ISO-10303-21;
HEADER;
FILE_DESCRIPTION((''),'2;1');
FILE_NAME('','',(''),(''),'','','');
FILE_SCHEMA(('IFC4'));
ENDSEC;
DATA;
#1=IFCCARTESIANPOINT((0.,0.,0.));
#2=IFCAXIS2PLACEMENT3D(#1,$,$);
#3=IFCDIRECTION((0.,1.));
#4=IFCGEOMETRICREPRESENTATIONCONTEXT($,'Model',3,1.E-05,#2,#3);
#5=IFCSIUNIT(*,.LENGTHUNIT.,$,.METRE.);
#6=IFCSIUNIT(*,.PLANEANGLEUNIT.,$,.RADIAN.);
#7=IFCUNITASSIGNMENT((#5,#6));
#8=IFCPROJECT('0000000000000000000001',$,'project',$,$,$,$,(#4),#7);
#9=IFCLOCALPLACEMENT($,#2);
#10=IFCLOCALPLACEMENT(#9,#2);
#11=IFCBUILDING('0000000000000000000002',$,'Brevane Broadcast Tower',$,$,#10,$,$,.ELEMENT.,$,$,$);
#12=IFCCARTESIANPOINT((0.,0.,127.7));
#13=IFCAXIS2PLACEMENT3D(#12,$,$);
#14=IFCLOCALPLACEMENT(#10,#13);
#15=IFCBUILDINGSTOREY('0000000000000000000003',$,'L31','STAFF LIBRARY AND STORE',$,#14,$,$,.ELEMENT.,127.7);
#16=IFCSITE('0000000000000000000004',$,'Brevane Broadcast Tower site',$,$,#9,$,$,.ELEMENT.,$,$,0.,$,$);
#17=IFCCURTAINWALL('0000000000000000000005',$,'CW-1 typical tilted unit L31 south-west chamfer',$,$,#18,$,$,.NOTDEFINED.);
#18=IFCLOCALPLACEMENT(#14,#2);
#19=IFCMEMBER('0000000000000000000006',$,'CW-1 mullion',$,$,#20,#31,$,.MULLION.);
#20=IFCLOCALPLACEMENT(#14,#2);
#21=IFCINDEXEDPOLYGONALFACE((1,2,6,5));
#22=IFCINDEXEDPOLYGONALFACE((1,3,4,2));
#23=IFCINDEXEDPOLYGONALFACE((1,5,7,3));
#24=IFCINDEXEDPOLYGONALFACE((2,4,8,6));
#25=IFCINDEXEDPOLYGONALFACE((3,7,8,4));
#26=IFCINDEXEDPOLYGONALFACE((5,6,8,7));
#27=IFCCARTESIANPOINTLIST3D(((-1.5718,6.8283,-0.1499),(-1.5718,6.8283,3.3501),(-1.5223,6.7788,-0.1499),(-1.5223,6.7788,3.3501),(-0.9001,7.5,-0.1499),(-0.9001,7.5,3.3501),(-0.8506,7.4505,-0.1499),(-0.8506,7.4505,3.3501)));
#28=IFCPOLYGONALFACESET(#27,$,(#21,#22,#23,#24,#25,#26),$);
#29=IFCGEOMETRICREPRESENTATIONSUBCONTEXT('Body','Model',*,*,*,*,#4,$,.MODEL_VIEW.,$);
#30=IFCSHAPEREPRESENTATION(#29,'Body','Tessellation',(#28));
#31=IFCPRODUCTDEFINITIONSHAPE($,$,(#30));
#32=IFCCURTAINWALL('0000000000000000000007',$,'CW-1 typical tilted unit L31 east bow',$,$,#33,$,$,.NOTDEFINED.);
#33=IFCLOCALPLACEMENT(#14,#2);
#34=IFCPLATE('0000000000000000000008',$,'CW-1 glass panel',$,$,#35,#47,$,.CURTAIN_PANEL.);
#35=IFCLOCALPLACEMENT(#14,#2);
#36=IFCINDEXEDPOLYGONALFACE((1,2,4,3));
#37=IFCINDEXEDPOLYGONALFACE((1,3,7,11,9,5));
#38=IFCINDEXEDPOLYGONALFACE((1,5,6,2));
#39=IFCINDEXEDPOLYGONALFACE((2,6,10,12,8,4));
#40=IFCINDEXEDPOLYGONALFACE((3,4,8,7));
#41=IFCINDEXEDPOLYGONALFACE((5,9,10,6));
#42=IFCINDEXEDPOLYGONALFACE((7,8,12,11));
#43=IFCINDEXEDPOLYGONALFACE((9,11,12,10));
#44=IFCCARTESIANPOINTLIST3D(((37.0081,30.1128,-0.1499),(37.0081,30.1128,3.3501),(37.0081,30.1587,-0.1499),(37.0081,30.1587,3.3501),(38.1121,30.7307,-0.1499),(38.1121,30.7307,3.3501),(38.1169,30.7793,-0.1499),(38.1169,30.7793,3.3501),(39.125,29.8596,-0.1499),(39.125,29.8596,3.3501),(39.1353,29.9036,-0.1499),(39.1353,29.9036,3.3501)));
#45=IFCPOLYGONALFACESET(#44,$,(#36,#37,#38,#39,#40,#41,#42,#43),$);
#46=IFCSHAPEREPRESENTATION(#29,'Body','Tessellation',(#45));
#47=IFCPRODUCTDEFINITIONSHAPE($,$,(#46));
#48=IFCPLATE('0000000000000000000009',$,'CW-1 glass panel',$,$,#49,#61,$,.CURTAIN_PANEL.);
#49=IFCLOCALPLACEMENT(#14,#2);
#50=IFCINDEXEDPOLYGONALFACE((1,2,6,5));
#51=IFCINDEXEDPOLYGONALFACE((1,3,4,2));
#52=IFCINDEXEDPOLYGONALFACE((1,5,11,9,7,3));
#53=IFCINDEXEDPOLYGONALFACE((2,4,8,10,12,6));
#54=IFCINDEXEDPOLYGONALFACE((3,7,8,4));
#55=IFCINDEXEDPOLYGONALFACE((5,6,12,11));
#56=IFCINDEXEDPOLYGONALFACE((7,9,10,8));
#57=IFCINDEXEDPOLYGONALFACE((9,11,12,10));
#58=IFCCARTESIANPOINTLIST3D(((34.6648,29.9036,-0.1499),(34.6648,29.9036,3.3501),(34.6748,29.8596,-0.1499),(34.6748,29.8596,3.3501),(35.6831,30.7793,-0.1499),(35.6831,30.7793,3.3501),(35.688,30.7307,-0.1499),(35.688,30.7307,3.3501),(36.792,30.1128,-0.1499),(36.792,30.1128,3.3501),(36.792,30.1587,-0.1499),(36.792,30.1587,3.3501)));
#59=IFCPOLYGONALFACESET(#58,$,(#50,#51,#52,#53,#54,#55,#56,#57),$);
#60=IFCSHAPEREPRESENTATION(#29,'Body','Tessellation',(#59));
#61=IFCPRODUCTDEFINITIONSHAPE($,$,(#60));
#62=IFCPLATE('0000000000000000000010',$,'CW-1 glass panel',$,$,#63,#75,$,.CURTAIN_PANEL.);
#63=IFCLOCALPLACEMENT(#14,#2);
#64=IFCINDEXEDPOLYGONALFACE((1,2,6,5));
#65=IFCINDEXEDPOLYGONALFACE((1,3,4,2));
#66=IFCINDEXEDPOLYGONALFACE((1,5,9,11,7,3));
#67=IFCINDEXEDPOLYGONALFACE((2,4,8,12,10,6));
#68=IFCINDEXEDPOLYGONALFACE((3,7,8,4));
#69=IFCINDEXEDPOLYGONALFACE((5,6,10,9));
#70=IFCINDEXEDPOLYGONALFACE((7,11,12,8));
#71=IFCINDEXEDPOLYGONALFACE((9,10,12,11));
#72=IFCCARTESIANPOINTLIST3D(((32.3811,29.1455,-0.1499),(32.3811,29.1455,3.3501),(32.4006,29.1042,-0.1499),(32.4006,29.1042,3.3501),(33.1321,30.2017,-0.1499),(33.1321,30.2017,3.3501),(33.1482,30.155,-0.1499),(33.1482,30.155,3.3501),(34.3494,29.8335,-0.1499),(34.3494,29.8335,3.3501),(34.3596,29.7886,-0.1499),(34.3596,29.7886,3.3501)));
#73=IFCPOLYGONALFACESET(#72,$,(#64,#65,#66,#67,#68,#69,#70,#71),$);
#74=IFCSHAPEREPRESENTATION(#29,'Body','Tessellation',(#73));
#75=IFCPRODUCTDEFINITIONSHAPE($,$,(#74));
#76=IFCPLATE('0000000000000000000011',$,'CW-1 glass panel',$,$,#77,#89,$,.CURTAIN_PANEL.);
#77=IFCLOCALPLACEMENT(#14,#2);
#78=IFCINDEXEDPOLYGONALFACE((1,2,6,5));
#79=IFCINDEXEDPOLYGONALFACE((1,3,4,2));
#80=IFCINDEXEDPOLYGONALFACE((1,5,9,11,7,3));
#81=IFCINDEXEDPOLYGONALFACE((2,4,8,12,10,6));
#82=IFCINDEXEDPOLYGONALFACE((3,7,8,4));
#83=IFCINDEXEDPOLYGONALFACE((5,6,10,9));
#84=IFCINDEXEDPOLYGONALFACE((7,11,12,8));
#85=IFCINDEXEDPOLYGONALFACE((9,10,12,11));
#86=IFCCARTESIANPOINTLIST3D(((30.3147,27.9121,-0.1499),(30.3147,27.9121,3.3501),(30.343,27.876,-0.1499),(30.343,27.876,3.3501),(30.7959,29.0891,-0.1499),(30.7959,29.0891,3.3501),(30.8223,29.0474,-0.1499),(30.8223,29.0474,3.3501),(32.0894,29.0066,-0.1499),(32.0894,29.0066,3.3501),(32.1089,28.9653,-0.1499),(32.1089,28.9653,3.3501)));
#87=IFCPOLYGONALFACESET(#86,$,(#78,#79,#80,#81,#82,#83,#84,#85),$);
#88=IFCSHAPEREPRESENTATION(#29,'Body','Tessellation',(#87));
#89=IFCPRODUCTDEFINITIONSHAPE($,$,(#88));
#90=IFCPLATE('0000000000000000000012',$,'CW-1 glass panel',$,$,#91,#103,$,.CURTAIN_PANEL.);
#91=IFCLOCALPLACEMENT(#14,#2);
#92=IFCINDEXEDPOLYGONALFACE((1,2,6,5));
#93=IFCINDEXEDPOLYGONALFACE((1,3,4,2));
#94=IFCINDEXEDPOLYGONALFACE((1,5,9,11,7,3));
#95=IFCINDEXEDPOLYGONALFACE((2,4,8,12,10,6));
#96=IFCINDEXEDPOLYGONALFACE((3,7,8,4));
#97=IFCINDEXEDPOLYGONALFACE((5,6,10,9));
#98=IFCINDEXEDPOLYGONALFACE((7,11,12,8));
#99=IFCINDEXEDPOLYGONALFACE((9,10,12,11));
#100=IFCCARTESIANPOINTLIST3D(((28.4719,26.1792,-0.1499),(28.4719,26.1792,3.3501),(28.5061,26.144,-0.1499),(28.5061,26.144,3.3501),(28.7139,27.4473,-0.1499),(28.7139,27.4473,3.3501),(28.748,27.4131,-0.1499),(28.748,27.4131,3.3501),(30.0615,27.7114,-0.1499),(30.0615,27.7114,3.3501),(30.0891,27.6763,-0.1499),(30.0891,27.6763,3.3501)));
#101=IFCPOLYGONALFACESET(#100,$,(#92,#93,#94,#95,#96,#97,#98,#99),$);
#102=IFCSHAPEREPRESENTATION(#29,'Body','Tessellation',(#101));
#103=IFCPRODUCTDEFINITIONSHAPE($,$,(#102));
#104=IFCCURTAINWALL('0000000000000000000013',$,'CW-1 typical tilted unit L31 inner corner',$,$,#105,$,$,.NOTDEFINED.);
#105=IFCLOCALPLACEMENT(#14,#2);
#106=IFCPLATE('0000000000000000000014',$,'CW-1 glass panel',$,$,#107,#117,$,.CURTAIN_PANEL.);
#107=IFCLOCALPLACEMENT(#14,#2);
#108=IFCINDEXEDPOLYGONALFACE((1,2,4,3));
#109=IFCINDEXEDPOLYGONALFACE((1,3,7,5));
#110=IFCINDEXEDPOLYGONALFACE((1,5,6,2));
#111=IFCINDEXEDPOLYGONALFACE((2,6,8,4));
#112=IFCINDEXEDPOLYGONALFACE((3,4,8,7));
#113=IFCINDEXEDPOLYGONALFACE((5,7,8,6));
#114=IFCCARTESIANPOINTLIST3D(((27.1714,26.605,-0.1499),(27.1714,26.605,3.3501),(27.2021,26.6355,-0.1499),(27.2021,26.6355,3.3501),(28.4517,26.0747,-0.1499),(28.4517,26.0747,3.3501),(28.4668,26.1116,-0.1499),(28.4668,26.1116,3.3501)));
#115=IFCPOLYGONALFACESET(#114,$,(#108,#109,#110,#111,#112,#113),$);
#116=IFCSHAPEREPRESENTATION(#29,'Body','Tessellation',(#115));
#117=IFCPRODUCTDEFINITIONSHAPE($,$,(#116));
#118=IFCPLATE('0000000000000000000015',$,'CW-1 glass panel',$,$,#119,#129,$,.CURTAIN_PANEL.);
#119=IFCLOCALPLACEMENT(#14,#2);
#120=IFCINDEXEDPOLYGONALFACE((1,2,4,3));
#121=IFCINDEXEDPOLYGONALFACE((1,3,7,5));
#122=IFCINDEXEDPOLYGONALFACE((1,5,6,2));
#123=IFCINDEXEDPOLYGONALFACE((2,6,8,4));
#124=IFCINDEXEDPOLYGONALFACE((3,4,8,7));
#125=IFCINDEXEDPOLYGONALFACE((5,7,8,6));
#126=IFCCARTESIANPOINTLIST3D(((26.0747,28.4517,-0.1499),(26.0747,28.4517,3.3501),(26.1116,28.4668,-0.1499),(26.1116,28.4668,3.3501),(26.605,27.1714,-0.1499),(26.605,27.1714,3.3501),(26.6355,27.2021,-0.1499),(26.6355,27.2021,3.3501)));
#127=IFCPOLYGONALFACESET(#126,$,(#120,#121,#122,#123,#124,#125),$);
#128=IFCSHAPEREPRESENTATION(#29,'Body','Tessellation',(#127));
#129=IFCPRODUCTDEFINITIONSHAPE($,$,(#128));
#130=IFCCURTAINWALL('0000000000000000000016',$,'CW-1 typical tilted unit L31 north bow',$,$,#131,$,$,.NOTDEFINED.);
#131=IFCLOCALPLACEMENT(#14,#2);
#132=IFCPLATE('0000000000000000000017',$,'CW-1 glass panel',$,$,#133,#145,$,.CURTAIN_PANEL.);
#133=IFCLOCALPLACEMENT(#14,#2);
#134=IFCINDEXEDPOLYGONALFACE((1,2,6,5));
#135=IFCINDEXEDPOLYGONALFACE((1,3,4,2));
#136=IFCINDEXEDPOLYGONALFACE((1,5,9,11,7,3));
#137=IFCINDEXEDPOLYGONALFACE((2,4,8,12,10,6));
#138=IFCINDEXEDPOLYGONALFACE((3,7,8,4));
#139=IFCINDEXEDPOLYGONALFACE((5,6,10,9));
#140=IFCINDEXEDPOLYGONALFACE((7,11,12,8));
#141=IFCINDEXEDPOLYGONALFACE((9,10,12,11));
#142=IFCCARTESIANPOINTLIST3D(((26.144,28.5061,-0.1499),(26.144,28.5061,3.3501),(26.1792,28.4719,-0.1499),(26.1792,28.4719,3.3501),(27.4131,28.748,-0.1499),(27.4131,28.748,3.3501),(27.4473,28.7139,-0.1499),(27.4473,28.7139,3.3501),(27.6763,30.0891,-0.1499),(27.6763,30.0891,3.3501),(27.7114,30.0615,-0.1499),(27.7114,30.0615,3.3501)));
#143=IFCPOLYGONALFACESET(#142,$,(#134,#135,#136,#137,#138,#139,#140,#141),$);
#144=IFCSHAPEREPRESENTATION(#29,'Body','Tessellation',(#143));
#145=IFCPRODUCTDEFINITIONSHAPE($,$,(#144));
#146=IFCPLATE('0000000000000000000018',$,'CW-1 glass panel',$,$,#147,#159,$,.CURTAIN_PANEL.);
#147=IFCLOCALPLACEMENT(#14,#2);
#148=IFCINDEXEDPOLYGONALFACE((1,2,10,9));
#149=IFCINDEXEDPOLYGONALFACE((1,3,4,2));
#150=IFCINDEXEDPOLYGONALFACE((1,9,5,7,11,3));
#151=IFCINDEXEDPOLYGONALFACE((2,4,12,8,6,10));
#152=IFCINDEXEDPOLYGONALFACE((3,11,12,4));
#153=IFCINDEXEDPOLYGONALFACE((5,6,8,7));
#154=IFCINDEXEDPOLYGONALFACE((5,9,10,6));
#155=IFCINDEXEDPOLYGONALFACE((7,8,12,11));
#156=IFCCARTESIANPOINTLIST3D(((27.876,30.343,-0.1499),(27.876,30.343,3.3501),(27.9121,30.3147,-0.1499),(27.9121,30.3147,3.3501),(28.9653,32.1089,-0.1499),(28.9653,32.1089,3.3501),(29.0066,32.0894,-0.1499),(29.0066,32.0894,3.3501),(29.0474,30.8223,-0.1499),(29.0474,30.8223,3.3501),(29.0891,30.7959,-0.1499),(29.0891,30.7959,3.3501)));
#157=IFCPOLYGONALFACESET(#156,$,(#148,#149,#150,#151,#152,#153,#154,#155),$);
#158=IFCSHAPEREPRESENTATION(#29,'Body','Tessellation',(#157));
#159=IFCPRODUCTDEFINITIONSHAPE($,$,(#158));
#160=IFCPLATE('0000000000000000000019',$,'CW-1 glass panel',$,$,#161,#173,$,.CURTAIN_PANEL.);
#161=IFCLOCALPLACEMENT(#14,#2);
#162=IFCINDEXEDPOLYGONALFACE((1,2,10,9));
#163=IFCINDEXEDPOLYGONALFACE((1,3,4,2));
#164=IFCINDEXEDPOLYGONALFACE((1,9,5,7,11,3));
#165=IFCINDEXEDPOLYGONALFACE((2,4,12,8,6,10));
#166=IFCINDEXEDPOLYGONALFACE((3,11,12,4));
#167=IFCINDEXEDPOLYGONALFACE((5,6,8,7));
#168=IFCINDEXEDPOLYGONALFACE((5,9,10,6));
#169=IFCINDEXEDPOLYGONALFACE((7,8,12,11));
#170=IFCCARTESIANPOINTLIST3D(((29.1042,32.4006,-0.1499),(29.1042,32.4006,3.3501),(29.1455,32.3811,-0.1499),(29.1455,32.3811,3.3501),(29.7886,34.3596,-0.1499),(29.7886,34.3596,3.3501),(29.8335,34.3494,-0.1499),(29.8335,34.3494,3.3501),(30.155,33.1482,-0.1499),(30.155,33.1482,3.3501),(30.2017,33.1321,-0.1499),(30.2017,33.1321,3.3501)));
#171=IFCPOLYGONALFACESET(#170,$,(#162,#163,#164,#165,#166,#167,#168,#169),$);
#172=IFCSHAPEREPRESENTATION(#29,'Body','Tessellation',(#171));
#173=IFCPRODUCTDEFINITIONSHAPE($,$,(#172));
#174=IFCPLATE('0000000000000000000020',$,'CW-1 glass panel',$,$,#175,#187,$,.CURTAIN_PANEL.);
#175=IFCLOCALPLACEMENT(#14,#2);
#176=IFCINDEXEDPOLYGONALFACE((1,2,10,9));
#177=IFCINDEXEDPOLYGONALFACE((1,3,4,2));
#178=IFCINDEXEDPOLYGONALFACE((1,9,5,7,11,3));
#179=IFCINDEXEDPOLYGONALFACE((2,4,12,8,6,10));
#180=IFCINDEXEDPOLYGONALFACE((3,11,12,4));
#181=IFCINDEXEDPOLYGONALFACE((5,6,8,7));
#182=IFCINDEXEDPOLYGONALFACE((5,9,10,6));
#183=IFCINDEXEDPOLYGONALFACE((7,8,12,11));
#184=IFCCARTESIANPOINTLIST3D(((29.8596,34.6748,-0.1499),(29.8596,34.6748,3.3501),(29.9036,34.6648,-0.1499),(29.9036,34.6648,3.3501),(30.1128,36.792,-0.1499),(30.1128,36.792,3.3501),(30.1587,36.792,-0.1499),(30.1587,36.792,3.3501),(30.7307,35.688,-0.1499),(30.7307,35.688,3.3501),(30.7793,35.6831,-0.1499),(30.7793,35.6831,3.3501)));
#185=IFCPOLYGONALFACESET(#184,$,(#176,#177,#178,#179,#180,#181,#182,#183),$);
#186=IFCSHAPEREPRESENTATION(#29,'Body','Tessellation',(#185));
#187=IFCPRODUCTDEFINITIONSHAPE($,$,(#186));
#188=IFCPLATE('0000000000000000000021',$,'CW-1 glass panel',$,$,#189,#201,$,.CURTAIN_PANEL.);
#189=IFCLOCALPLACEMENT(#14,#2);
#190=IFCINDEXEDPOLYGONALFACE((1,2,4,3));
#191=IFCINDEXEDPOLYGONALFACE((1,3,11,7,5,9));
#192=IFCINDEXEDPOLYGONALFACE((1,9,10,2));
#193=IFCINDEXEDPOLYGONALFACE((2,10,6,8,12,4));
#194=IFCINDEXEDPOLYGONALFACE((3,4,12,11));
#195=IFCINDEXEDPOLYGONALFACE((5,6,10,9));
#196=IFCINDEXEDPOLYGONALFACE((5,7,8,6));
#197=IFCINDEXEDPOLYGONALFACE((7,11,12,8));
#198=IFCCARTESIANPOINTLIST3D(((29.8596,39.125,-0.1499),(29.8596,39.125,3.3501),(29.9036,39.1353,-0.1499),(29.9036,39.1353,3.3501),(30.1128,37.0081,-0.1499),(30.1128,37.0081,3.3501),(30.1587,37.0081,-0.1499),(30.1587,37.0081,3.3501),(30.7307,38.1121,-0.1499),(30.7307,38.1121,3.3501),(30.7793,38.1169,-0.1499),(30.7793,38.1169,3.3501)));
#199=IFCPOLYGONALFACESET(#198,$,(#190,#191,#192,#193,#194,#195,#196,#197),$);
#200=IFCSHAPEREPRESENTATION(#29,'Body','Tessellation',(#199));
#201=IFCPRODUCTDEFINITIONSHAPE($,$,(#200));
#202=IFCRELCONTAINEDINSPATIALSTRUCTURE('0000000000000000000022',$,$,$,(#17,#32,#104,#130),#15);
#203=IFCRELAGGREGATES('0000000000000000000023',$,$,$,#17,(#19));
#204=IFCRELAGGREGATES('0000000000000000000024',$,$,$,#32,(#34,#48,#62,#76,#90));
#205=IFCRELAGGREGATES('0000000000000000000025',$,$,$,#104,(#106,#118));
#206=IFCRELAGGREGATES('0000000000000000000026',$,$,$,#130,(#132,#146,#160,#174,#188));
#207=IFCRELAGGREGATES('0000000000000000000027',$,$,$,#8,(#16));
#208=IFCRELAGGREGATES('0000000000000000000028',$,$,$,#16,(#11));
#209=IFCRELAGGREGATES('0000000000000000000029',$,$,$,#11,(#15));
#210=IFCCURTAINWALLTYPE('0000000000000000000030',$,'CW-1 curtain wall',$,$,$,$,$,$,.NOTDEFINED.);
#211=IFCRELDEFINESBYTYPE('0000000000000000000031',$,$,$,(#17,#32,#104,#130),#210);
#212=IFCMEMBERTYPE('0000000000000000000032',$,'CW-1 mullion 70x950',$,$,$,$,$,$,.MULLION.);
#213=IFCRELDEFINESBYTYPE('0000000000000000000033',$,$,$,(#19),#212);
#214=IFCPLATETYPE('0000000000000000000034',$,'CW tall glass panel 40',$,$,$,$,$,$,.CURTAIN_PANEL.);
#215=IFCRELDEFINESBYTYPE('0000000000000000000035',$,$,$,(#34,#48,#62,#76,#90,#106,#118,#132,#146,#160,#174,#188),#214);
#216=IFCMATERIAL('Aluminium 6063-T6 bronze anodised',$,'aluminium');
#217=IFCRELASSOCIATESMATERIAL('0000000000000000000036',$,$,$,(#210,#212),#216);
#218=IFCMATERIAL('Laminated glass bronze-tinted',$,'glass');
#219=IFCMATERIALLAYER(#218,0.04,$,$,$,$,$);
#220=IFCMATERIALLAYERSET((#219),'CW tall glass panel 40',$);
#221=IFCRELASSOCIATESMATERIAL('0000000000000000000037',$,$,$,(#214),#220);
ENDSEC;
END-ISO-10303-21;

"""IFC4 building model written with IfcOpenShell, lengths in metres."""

from ifc_helpers import new_model, si_unit, direction, frame, origin, origin_2d, place, context, subcontext, project, spatial, polyline, rectangle, outline, extrude, material, layer, layer_set, material_profile, profile_set, type_object, element, aggregate, save


model = new_model("IFC4")

# Units and contexts
model_context = context("Model", 3, precision=1e-05, world=origin(), true_north=direction((0.0, 1.0)))
body_context = subcontext(model_context, "Body", "Model", "MODEL_VIEW")
ifc_project = project(units=[si_unit("LENGTHUNIT", "METRE"), si_unit("PLANEANGLEUNIT", "RADIAN")], contexts=[model_context])

# Site, building, storey
site_placement = place(None, origin())
site = spatial("IfcSite", under=ifc_project, at=site_placement, Name="Brevane Broadcast Tower site", CompositionType="ELEMENT", RefElevation=0.0)
building_placement = place(site_placement, origin())
building = spatial("IfcBuilding", under=site, at=building_placement, Name="Brevane Broadcast Tower", CompositionType="ELEMENT")
storey_placement = place(building_placement, frame((0.0, 0.0, 127.7)))
storey = spatial("IfcBuildingStorey", under=building, at=storey_placement, Name="L31", Description="STAFF LIBRARY AND STORE", CompositionType="ELEMENT", Elevation=127.7)

# Curtain wall, member
ifc_material_1 = material(Name="Aluminium 6063-T6 bronze anodised", Category="aluminium")
curtain_wall_type = type_object("IfcCurtainWallType", Name="CW-1 curtain wall", PredefinedType="NOTDEFINED", material=ifc_material_1)
curtain_wall_1_placement = place(storey_placement, origin())
curtain_wall_1 = element("IfcCurtainWall", 1, at=curtain_wall_1_placement, inside=storey, type_object=curtain_wall_type, Name="CW-1 typical tilted unit L31 south-west chamfer", PredefinedType="NOTDEFINED")
ifc_material_profile = material_profile(ifc_material_1, rectangle(XDim=0.95, YDim=0.0701, at=origin_2d()), Name="RECT 70x950")
ifc_profile_set = profile_set([ifc_material_profile], Name="Aluminium 6063-T6 bronze anodised")
member_type = type_object("IfcMemberType", Name="CW-1 mullion 70x950", PredefinedType="MULLION", material=ifc_profile_set)
member_placement = place(storey_placement, frame((-1.2112, 7.1394, -0.1499), z_axis=(0.0, 0.0, 1.0), x_axis=(0.707107, 0.707107, 0.0)))
member = element("IfcMember", 2, at=member_placement, type_object=member_type, Name="CW-1 mullion", PredefinedType="MULLION", context=body_context, shape_type="SweptSolid", body=[
    extrude(rectangle(XDim=0.95, YDim=0.0701, at=origin_2d()), origin(), (0.0, 0.0, 1.0), 3.5),
])
aggregate(curtain_wall_1, [member])

# Curtain walls, plates
curtain_wall_2_placement = place(storey_placement, origin())
curtain_wall_2 = element("IfcCurtainWall", 3, at=curtain_wall_2_placement, inside=storey, type_object=curtain_wall_type, Name="CW-1 typical tilted unit L31 east bow", PredefinedType="NOTDEFINED")
ifc_material_2 = material(Name="Laminated glass bronze-tinted", Category="glass")
ifc_layer = layer(ifc_material_2, 0.04)
ifc_layer_set = layer_set([ifc_layer], Name="CW tall glass panel 40")
plate_type = type_object("IfcPlateType", Name="CW tall glass panel 40", PredefinedType="CURTAIN_PANEL", material=ifc_layer_set)
plate_1_placement = place(storey_placement, frame((0.0, 0.0, -0.1499)))
plate_1 = element("IfcPlate", 4, at=plate_1_placement, type_object=plate_type, Name="CW-1 glass panel", PredefinedType="CURTAIN_PANEL", context=body_context, shape_type="SweptSolid", body=[
    extrude(outline(polyline([(39.125, 29.8596), (39.1353, 29.9036), (38.1169, 30.7793), (37.0081, 30.1587), (37.0081, 30.1128), (38.1121, 30.7307), (39.125, 29.8596)])), origin(), (0.0, 0.0, 1.0), 3.5),
])
plate_2_placement = place(storey_placement, frame((0.0, 0.0, -0.1499)))
plate_2 = element("IfcPlate", 5, at=plate_2_placement, type_object=plate_type, Name="CW-1 glass panel", PredefinedType="CURTAIN_PANEL", context=body_context, shape_type="SweptSolid", body=[
    extrude(outline(polyline([(36.792, 30.1128), (36.792, 30.1587), (35.6831, 30.7793), (34.6648, 29.9036), (34.6748, 29.8596), (35.688, 30.7307), (36.792, 30.1128)])), origin(), (0.0, 0.0, 1.0), 3.5),
])
plate_3_placement = place(storey_placement, frame((0.0, 0.0, -0.1499)))
plate_3 = element("IfcPlate", 6, at=plate_3_placement, type_object=plate_type, Name="CW-1 glass panel", PredefinedType="CURTAIN_PANEL", context=body_context, shape_type="SweptSolid", body=[
    extrude(outline(polyline([(34.3596, 29.7886), (34.3494, 29.8335), (33.1321, 30.2017), (32.3811, 29.1455), (32.4006, 29.1042), (33.1482, 30.155), (34.3596, 29.7886)])), origin(), (0.0, 0.0, 1.0), 3.5),
])
plate_4_placement = place(storey_placement, frame((0.0, 0.0, -0.1499)))
plate_4 = element("IfcPlate", 7, at=plate_4_placement, type_object=plate_type, Name="CW-1 glass panel", PredefinedType="CURTAIN_PANEL", context=body_context, shape_type="SweptSolid", body=[
    extrude(outline(polyline([(32.1089, 28.9653), (32.0894, 29.0066), (30.7959, 29.0891), (30.3147, 27.9121), (30.343, 27.876), (30.8223, 29.0474), (32.1089, 28.9653)])), origin(), (0.0, 0.0, 1.0), 3.5),
])
plate_5_placement = place(storey_placement, frame((0.0, 0.0, -0.1499)))
plate_5 = element("IfcPlate", 8, at=plate_5_placement, type_object=plate_type, Name="CW-1 glass panel", PredefinedType="CURTAIN_PANEL", context=body_context, shape_type="SweptSolid", body=[
    extrude(outline(polyline([(30.0891, 27.6763), (30.0615, 27.7114), (28.7139, 27.4473), (28.4719, 26.1792), (28.5061, 26.144), (28.748, 27.4131), (30.0891, 27.6763)])), origin(), (0.0, 0.0, 1.0), 3.5),
])
aggregate(curtain_wall_2, [plate_1, plate_2, plate_3, plate_4, plate_5])
curtain_wall_3_placement = place(storey_placement, origin())
curtain_wall_3 = element("IfcCurtainWall", 9, at=curtain_wall_3_placement, inside=storey, type_object=curtain_wall_type, Name="CW-1 typical tilted unit L31 inner corner", PredefinedType="NOTDEFINED")
plate_6_placement = place(storey_placement, frame((0.0, 0.0, -0.1499)))
plate_6 = element("IfcPlate", 10, at=plate_6_placement, type_object=plate_type, Name="CW-1 glass panel", PredefinedType="CURTAIN_PANEL", context=body_context, shape_type="SweptSolid", body=[
    extrude(outline(polyline([(28.4517, 26.0747), (28.4668, 26.1116), (27.2021, 26.6355), (27.1714, 26.605), (28.4517, 26.0747)])), origin(), (0.0, 0.0, 1.0), 3.5),
])
plate_7_placement = place(storey_placement, frame((0.0, 0.0, -0.1499)))
plate_7 = element("IfcPlate", 11, at=plate_7_placement, type_object=plate_type, Name="CW-1 glass panel", PredefinedType="CURTAIN_PANEL", context=body_context, shape_type="SweptSolid", body=[
    extrude(outline(polyline([(26.605, 27.1714), (26.6355, 27.2021), (26.1116, 28.4668), (26.0747, 28.4517), (26.605, 27.1714)])), origin(), (0.0, 0.0, 1.0), 3.5),
])
aggregate(curtain_wall_3, [plate_6, plate_7])
curtain_wall_4_placement = place(storey_placement, origin())
curtain_wall_4 = element("IfcCurtainWall", 12, at=curtain_wall_4_placement, inside=storey, type_object=curtain_wall_type, Name="CW-1 typical tilted unit L31 north bow", PredefinedType="NOTDEFINED")
plate_8_placement = place(storey_placement, frame((0.0, 0.0, -0.1499)))
plate_8 = element("IfcPlate", 13, at=plate_8_placement, type_object=plate_type, Name="CW-1 glass panel", PredefinedType="CURTAIN_PANEL", context=body_context, shape_type="SweptSolid", body=[
    extrude(outline(polyline([(26.144, 28.5061), (26.1792, 28.4719), (27.4473, 28.7139), (27.7114, 30.0615), (27.6763, 30.0891), (27.4131, 28.748), (26.144, 28.5061)])), origin(), (0.0, 0.0, 1.0), 3.5),
])
plate_9_placement = place(storey_placement, frame((0.0, 0.0, -0.1499)))
plate_9 = element("IfcPlate", 14, at=plate_9_placement, type_object=plate_type, Name="CW-1 glass panel", PredefinedType="CURTAIN_PANEL", context=body_context, shape_type="SweptSolid", body=[
    extrude(outline(polyline([(27.876, 30.343), (27.9121, 30.3147), (29.0891, 30.7959), (29.0066, 32.0894), (28.9653, 32.1089), (29.0474, 30.8223), (27.876, 30.343)])), origin(), (0.0, 0.0, 1.0), 3.5),
])
plate_10_placement = place(storey_placement, frame((0.0, 0.0, -0.1499)))
plate_10 = element("IfcPlate", 15, at=plate_10_placement, type_object=plate_type, Name="CW-1 glass panel", PredefinedType="CURTAIN_PANEL", context=body_context, shape_type="SweptSolid", body=[
    extrude(outline(polyline([(29.1042, 32.4006), (29.1455, 32.3811), (30.2017, 33.1321), (29.8335, 34.3494), (29.7886, 34.3596), (30.155, 33.1482), (29.1042, 32.4006)])), origin(), (0.0, 0.0, 1.0), 3.5),
])
plate_11_placement = place(storey_placement, frame((0.0, 0.0, -0.1499)))
plate_11 = element("IfcPlate", 16, at=plate_11_placement, type_object=plate_type, Name="CW-1 glass panel", PredefinedType="CURTAIN_PANEL", context=body_context, shape_type="SweptSolid", body=[
    extrude(outline(polyline([(29.8596, 34.6748), (29.9036, 34.6648), (30.7793, 35.6831), (30.1587, 36.792), (30.1128, 36.792), (30.7307, 35.688), (29.8596, 34.6748)])), origin(), (0.0, 0.0, 1.0), 3.5),
])
plate_12_placement = place(storey_placement, frame((0.0, 0.0, -0.1499)))
plate_12 = element("IfcPlate", 17, at=plate_12_placement, type_object=plate_type, Name="CW-1 glass panel", PredefinedType="CURTAIN_PANEL", context=body_context, shape_type="SweptSolid", body=[
    extrude(outline(polyline([(30.1128, 37.0081), (30.1587, 37.0081), (30.7793, 38.1169), (29.9036, 39.1353), (29.8596, 39.125), (30.7307, 38.1121), (30.1128, 37.0081)])), origin(), (0.0, 0.0, 1.0), 3.5),
])
aggregate(curtain_wall_4, [plate_8, plate_9, plate_10, plate_11, plate_12])

save(model, "model.ifc")
